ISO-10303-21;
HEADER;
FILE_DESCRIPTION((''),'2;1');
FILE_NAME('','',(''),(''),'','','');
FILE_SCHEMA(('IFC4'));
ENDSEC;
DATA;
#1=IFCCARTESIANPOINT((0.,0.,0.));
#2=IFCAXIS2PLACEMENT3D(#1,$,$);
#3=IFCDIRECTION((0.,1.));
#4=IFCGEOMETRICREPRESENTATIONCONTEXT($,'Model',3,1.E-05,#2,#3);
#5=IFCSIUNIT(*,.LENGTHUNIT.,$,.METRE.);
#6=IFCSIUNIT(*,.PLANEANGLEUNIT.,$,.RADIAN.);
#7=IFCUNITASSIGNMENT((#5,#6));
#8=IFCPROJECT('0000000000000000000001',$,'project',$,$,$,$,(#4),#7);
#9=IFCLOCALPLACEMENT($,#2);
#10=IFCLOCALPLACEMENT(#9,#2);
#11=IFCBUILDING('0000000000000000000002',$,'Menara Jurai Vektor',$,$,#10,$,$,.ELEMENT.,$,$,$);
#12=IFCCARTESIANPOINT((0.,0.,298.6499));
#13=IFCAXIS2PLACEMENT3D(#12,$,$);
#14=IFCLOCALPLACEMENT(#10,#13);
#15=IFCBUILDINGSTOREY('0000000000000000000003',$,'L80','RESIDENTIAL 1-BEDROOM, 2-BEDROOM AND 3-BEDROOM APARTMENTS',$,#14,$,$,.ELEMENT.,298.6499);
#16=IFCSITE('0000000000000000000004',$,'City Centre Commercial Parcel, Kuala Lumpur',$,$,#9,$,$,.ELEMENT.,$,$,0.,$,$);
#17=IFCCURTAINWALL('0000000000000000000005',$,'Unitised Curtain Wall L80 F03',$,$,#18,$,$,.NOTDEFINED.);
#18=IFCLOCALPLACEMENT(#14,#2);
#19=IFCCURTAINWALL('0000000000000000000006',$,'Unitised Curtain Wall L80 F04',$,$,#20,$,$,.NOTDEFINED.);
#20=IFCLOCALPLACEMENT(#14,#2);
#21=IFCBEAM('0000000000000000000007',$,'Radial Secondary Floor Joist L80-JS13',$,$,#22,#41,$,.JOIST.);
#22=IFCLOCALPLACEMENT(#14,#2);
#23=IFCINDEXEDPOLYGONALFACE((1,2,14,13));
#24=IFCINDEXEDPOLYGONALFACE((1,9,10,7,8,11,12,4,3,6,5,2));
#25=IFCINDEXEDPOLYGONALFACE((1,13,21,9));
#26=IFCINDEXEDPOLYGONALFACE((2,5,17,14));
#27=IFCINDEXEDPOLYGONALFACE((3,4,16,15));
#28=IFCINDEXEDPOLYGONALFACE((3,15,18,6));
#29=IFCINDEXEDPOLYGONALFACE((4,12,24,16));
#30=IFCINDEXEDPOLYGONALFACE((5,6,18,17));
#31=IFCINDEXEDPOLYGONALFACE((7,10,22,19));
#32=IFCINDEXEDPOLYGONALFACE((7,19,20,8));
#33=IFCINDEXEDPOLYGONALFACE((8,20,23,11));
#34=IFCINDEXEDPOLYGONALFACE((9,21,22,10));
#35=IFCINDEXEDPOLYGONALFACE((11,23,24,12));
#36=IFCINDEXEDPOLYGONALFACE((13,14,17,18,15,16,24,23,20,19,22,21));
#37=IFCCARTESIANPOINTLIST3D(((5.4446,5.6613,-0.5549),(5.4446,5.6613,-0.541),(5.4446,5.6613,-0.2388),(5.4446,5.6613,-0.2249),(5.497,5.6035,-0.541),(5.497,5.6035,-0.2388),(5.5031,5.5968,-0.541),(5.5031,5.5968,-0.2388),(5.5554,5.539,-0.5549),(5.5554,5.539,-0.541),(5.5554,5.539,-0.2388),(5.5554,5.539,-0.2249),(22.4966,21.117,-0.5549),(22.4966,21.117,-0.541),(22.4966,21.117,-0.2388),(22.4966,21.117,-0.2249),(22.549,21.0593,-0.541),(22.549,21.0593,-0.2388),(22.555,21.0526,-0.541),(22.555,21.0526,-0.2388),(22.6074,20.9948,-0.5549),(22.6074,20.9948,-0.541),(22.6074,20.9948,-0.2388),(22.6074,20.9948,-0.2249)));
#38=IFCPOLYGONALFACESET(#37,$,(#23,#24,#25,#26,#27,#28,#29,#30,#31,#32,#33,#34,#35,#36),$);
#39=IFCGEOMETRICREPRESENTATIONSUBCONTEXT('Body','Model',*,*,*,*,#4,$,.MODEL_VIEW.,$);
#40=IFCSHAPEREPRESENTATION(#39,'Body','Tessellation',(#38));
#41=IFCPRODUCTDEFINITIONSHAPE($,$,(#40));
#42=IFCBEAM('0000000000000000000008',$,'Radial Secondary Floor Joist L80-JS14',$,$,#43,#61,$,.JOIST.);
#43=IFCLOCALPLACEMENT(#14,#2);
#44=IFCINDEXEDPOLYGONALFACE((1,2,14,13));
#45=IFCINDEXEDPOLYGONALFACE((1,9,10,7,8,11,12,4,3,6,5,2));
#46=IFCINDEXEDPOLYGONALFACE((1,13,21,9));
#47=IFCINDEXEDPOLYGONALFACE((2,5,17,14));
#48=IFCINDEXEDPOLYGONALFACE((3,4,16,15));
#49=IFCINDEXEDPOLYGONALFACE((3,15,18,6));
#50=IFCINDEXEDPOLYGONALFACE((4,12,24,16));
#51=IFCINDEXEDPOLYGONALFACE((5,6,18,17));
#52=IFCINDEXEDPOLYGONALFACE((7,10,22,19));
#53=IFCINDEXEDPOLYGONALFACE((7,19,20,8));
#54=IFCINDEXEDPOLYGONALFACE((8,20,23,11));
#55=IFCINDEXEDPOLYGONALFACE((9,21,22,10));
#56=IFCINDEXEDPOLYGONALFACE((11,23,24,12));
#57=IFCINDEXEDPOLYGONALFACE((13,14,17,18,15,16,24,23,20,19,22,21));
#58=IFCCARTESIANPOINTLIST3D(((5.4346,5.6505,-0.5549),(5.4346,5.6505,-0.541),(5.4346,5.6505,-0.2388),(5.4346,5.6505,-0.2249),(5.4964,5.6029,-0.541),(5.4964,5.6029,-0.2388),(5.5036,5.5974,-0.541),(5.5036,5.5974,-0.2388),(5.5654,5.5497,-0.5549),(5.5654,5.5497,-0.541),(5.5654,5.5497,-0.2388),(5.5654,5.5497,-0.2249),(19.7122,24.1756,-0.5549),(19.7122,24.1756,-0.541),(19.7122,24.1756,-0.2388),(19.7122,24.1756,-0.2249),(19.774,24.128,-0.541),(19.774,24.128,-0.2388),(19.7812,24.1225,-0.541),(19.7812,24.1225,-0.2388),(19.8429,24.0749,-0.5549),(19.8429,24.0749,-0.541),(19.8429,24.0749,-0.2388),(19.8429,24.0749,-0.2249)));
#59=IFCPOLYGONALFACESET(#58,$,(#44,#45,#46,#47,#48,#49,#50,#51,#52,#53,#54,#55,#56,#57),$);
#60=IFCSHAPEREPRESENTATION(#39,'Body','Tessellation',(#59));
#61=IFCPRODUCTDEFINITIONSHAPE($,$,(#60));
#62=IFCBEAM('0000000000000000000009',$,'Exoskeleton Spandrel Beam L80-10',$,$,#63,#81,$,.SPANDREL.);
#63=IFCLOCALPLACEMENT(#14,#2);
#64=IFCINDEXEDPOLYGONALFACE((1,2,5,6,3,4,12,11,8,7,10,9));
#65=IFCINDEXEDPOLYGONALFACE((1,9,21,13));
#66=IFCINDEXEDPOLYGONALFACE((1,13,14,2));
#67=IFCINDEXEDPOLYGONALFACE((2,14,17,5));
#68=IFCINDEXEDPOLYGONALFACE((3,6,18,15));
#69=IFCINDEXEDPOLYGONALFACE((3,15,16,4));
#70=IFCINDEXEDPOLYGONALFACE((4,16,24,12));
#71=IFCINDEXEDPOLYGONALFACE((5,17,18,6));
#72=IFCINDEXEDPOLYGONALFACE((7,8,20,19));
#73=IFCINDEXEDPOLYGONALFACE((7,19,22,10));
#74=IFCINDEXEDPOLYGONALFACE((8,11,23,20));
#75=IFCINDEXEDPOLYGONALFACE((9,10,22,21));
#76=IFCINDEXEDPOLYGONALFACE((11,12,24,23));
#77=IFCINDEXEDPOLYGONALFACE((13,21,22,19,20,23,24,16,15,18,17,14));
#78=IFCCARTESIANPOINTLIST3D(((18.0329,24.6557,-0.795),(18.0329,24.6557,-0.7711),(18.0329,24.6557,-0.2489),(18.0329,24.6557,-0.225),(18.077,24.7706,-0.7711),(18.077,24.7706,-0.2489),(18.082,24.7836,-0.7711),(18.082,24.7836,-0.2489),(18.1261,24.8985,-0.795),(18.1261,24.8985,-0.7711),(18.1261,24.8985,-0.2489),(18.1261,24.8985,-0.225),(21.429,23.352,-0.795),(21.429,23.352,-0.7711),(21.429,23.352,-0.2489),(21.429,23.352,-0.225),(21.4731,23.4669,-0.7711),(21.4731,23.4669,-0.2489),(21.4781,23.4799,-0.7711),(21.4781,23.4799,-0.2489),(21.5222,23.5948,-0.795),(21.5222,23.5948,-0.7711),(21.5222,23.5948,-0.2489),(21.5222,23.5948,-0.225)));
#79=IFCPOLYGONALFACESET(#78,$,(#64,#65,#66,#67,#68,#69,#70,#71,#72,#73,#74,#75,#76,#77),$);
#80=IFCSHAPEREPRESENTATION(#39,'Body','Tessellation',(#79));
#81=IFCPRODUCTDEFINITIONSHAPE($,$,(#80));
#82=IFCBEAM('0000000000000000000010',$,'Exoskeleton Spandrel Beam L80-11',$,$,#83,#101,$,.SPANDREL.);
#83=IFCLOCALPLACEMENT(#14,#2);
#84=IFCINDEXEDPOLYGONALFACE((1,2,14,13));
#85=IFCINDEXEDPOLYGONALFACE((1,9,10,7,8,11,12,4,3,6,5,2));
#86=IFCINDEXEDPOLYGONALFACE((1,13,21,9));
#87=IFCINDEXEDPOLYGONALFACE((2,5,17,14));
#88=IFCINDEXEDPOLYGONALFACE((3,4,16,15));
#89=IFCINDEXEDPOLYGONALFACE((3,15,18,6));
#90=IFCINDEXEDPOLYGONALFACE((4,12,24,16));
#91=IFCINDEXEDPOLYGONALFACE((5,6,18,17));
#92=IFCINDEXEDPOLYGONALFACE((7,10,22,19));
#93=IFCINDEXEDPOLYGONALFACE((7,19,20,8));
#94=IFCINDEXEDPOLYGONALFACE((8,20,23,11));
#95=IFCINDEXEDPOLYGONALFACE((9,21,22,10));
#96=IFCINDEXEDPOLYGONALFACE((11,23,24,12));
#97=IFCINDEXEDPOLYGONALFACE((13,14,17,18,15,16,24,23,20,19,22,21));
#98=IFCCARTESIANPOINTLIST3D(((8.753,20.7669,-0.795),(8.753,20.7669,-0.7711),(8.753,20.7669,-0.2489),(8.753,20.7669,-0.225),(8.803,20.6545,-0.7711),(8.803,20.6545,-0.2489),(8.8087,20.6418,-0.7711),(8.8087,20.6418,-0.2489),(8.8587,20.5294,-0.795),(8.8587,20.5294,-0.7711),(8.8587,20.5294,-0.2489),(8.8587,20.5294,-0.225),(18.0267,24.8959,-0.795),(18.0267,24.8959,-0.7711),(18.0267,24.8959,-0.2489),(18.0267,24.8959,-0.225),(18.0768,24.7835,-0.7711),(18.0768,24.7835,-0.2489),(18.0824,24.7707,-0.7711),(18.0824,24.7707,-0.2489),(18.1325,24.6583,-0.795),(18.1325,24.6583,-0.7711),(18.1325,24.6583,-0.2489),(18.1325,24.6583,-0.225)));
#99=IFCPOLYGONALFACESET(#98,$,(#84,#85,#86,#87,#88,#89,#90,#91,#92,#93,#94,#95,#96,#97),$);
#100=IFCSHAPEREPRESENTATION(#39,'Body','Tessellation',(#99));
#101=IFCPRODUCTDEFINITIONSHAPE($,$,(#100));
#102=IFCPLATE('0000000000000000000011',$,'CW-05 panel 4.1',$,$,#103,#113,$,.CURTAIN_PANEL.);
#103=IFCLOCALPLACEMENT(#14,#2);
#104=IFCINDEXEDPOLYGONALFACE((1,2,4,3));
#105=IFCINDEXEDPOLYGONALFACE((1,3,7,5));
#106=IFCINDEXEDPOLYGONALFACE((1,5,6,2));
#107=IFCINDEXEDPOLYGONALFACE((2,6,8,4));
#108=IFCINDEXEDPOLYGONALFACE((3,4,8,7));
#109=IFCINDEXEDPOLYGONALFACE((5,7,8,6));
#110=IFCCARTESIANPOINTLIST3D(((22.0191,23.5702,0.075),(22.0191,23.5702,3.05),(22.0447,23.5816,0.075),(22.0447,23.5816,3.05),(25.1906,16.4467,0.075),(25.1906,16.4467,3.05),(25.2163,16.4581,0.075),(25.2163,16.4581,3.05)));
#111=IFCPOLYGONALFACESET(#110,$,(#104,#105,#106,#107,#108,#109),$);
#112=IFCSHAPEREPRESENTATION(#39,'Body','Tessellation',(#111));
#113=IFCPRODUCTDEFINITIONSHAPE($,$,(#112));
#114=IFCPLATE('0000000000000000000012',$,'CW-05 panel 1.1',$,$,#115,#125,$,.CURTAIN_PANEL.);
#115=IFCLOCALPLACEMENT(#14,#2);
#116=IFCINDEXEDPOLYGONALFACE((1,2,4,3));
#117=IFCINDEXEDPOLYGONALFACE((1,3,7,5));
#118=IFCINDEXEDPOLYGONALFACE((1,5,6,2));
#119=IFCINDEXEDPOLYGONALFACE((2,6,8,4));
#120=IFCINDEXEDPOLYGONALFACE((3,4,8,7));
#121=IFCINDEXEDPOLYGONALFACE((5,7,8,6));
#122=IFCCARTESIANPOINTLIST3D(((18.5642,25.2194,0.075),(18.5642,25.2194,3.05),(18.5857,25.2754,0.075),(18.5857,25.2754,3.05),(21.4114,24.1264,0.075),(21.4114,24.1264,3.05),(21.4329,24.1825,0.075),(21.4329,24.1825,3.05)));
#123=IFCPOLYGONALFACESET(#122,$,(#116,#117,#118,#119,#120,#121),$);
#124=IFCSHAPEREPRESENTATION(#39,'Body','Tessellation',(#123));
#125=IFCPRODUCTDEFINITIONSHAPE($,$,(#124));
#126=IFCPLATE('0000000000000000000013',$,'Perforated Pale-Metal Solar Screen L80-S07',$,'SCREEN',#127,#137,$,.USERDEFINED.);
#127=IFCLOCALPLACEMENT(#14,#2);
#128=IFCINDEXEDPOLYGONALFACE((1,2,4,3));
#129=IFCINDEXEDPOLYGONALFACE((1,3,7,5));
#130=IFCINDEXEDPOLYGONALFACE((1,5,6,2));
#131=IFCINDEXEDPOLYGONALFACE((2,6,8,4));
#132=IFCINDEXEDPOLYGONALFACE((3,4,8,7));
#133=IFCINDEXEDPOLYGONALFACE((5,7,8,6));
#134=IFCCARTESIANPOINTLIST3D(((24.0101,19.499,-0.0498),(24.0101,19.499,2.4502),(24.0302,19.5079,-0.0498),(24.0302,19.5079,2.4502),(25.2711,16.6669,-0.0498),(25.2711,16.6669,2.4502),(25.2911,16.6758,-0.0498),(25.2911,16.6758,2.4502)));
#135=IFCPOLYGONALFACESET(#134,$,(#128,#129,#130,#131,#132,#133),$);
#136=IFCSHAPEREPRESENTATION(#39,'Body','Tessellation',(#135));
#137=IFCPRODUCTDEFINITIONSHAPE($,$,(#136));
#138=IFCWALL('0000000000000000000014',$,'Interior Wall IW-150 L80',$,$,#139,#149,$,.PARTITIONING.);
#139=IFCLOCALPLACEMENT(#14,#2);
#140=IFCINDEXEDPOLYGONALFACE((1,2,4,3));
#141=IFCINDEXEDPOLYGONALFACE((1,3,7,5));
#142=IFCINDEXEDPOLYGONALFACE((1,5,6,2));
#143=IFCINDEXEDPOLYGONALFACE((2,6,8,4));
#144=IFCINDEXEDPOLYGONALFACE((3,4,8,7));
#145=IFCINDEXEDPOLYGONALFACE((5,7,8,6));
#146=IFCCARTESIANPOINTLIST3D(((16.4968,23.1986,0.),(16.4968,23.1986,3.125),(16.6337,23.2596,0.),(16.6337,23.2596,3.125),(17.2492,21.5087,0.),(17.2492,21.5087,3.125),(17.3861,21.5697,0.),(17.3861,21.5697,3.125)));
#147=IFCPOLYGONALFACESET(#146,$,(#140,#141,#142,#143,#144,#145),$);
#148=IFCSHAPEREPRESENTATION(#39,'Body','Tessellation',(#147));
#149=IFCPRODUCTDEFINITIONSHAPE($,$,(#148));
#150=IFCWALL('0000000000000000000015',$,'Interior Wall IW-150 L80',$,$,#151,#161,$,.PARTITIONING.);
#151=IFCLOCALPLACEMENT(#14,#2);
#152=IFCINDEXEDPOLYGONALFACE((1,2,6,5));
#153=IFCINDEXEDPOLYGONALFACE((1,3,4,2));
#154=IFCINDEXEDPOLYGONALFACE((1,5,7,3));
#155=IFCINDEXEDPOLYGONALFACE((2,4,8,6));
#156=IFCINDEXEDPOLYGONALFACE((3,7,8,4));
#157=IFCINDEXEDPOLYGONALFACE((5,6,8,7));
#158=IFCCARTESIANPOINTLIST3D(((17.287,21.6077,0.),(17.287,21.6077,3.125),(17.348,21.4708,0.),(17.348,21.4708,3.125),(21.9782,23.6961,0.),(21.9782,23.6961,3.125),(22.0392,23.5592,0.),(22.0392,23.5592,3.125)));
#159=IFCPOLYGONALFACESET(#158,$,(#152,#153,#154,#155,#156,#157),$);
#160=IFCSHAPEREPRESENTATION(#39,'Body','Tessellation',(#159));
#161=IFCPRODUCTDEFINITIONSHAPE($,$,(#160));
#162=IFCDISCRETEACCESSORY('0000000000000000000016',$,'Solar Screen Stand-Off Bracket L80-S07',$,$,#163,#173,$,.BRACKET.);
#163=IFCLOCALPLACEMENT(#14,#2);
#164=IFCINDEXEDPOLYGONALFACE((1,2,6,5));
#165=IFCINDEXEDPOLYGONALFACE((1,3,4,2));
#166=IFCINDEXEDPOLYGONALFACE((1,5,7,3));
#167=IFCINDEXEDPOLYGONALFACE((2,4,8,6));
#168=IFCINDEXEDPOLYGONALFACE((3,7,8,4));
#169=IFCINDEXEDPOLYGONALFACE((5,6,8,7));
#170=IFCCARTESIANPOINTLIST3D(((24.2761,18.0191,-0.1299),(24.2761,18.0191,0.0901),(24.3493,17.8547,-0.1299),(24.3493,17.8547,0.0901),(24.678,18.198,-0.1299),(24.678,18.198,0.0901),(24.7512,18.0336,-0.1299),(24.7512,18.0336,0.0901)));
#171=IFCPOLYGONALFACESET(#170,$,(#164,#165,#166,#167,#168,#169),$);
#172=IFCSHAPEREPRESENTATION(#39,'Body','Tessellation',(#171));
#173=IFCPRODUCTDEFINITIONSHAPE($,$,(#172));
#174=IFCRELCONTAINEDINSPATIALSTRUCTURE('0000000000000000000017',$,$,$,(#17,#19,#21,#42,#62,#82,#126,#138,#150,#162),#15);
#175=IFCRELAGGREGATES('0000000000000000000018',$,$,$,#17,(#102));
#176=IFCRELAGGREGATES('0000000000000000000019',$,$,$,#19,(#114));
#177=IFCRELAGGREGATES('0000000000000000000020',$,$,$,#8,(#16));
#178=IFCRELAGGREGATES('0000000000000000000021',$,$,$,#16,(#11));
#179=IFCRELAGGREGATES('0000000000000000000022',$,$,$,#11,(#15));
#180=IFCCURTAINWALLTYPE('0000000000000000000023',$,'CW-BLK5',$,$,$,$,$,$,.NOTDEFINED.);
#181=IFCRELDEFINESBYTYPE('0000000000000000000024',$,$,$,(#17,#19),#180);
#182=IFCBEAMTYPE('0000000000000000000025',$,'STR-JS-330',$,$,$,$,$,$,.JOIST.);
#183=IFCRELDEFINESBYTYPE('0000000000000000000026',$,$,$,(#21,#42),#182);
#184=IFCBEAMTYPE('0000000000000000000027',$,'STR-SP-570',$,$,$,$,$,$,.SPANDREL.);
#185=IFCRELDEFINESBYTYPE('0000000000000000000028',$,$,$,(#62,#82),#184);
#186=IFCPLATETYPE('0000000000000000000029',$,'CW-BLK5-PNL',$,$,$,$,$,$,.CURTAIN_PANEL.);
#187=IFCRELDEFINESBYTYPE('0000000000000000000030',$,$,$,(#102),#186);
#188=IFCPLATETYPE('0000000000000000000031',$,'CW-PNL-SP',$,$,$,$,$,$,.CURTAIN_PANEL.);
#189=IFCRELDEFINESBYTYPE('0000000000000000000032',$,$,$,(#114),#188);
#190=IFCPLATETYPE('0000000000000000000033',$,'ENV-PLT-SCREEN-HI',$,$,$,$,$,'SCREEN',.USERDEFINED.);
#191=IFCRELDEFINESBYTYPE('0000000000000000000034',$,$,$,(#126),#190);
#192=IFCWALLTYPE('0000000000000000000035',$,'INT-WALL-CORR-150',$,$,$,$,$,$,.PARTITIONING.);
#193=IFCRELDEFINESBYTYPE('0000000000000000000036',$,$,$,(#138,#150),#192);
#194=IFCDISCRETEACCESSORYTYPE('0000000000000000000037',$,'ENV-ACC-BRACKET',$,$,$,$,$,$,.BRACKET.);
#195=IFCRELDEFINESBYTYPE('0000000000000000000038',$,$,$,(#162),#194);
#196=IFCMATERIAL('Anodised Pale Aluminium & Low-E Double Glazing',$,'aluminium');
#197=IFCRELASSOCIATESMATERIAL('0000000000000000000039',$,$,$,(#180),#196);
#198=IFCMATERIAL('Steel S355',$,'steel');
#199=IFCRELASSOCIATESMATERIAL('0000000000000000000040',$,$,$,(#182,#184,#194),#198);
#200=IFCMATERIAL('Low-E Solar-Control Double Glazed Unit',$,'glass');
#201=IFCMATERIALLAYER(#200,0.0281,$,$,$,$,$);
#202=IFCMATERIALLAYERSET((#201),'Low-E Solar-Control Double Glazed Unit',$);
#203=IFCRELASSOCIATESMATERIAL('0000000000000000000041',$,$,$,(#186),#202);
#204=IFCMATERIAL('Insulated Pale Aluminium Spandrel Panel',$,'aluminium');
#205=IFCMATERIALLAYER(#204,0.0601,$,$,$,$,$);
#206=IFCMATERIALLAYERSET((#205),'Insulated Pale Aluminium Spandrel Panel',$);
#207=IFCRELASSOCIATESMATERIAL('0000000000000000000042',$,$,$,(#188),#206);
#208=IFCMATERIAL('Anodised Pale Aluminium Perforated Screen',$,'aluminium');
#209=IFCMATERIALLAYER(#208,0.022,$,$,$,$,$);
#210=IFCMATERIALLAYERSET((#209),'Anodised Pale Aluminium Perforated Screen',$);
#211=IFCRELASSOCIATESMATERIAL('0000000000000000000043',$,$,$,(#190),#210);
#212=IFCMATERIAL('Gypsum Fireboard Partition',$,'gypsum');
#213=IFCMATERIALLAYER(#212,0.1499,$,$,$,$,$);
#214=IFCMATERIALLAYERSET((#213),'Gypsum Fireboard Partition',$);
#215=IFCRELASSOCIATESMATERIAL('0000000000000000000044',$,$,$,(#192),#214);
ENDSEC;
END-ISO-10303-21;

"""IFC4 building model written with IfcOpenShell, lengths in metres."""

from ifc_helpers import new_model, si_unit, direction, frame, frame_2d, origin, origin_2d, place, context, subcontext, project, spatial, rectangle, i_section, extrude, material, layer, layer_set, material_profile, profile_set, type_object, element, aggregate, save


model = new_model("IFC4")

# Units and contexts
model_context = context("Model", 3, precision=1e-05, world=origin(), true_north=direction((0.0, 1.0)))
body_context = subcontext(model_context, "Body", "Model", "MODEL_VIEW")
ifc_project = project(units=[si_unit("LENGTHUNIT", "METRE"), si_unit("PLANEANGLEUNIT", "RADIAN")], contexts=[model_context])

# Site, building, storey
site_placement = place(None, origin())
site = spatial("IfcSite", under=ifc_project, at=site_placement, Name="City Centre Commercial Parcel, Kuala Lumpur", CompositionType="ELEMENT", RefElevation=0.0)
building_placement = place(site_placement, origin())
building = spatial("IfcBuilding", under=site, at=building_placement, Name="Menara Jurai Vektor", CompositionType="ELEMENT")
storey_placement = place(building_placement, frame((0.0, 0.0, 298.6499)))
storey = spatial("IfcBuildingStorey", under=building, at=storey_placement, Name="L80", Description="RESIDENTIAL 1-BEDROOM, 2-BEDROOM AND 3-BEDROOM APARTMENTS", CompositionType="ELEMENT", Elevation=298.6499)

# Curtain walls
ifc_material_1 = material(Name="Anodised Pale Aluminium & Low-E Double Glazing", Category="aluminium")
curtain_wall_type = type_object("IfcCurtainWallType", Name="CW-BLK5", PredefinedType="NOTDEFINED", material=ifc_material_1)
curtain_wall_1_placement = place(storey_placement, origin())
curtain_wall_1 = element("IfcCurtainWall", 1, at=curtain_wall_1_placement, inside=storey, type_object=curtain_wall_type, Name="Unitised Curtain Wall L80 F03", PredefinedType="NOTDEFINED")
curtain_wall_2_placement = place(storey_placement, origin())
curtain_wall_2 = element("IfcCurtainWall", 2, at=curtain_wall_2_placement, inside=storey, type_object=curtain_wall_type, Name="Unitised Curtain Wall L80 F04", PredefinedType="NOTDEFINED")

# Shared definitions
ifc_material_2 = material(Name="Steel S355", Category="steel")

# Beams
ifc_material_profile_1 = material_profile(ifc_material_2, i_section(OverallWidth=0.165, OverallDepth=0.3301, WebThickness=0.009, FlangeThickness=0.0139, at=origin_2d()), Name="PG 330x165x46")
ifc_profile_set_1 = profile_set([ifc_material_profile_1], Name="Steel S355")
beam_type_1 = type_object("IfcBeamType", Name="STR-JS-330", PredefinedType="JOIST", material=ifc_profile_set_1)
beam_1_placement = place(storey_placement, frame((22.552, 21.0559, -0.3899), z_axis=(-0.740934, -0.671577, 0.0), x_axis=(0.671577, -0.740934, 0.0)))
element("IfcBeam", 3, at=beam_1_placement, inside=storey, type_object=beam_type_1, Name="Radial Secondary Floor Joist L80-JS13", PredefinedType="JOIST", context=body_context, shape_type="SweptSolid", body=[
    extrude(i_section(OverallWidth=0.165, OverallDepth=0.3301, WebThickness=0.009, FlangeThickness=0.0139, at=origin_2d()), origin(), (0.0, 0.0, 1.0), 23.0142),
])
beam_2_placement = place(storey_placement, frame((19.7776, 24.1252, -0.3899), z_axis=(-0.610449, -0.792056, 0.0), x_axis=(0.792056, -0.610449, 0.0)))
element("IfcBeam", 4, at=beam_2_placement, inside=storey, type_object=beam_type_1, Name="Radial Secondary Floor Joist L80-JS14", PredefinedType="JOIST", context=body_context, shape_type="SweptSolid", body=[
    extrude(i_section(OverallWidth=0.165, OverallDepth=0.3301, WebThickness=0.009, FlangeThickness=0.0139, at=origin_2d()), origin(), (0.0, 0.0, 1.0), 23.3887),
])
ifc_material_profile_2 = material_profile(ifc_material_2, i_section(OverallWidth=0.26, OverallDepth=0.5701, WebThickness=0.0139, FlangeThickness=0.0239, at=origin_2d()), Name="PG 570x260x145")
ifc_profile_set_2 = profile_set([ifc_material_profile_2], Name="Steel S355")
beam_type_2 = type_object("IfcBeamType", Name="STR-SP-570", PredefinedType="SPANDREL", material=ifc_profile_set_2)
beam_3_placement = place(storey_placement, frame((21.4756, 23.4734, -0.51), z_axis=(-0.93357, 0.358394, 0.0), x_axis=(-0.358394, -0.93357, 0.0)))
element("IfcBeam", 5, at=beam_3_placement, inside=storey, type_object=beam_type_2, Name="Exoskeleton Spandrel Beam L80-10", PredefinedType="SPANDREL", context=body_context, shape_type="SweptSolid", body=[
    extrude(i_section(OverallWidth=0.26, OverallDepth=0.5701, WebThickness=0.0139, FlangeThickness=0.0239, at=origin_2d()), origin(), (0.0, 0.0, 1.0), 3.6377),
])
beam_4_placement = place(storey_placement, frame((18.0796, 24.7771, -0.51), z_axis=(-0.913546, -0.406736, 0.0), x_axis=(0.406736, -0.913546, 0.0)))
element("IfcBeam", 6, at=beam_4_placement, inside=storey, type_object=beam_type_2, Name="Exoskeleton Spandrel Beam L80-11", PredefinedType="SPANDREL", context=body_context, shape_type="SweptSolid", body=[
    extrude(i_section(OverallWidth=0.26, OverallDepth=0.5701, WebThickness=0.0139, FlangeThickness=0.0239, at=origin_2d()), origin(), (0.0, 0.0, 1.0), 10.1514),
])

# Plates
ifc_material_3 = material(Name="Low-E Solar-Control Double Glazed Unit", Category="glass")
ifc_layer_1 = layer(ifc_material_3, 0.0281)
ifc_layer_set_1 = layer_set([ifc_layer_1], Name="Low-E Solar-Control Double Glazed Unit")
plate_type_1 = type_object("IfcPlateType", Name="CW-BLK5-PNL", PredefinedType="CURTAIN_PANEL", material=ifc_layer_set_1)
plate_1_placement = place(storey_placement, frame((23.6177, 20.0142, 0.075), z_axis=(0.0, 0.0, 1.0), x_axis=(-0.406735, 0.913546, 0.0)))
plate_1 = element("IfcPlate", 7, at=plate_1_placement, type_object=plate_type_1, Name="CW-05 panel 4.1", PredefinedType="CURTAIN_PANEL", context=body_context, shape_type="SweptSolid", body=[
    extrude(rectangle(XDim=7.7976, YDim=0.0281, at=origin_2d()), origin(), (0.0, 0.0, 1.0), 2.9751),
])
aggregate(curtain_wall_1, [plate_1])
ifc_material_4 = material(Name="Insulated Pale Aluminium Spandrel Panel", Category="aluminium")
ifc_layer_2 = layer(ifc_material_4, 0.0601)
ifc_layer_set_2 = layer_set([ifc_layer_2], Name="Insulated Pale Aluminium Spandrel Panel")
plate_type_2 = type_object("IfcPlateType", Name="CW-PNL-SP", PredefinedType="CURTAIN_PANEL", material=ifc_layer_set_2)
plate_2_placement = place(storey_placement, frame((19.9985, 24.7009, 0.075), z_axis=(0.0, 0.0, 1.0), x_axis=(-0.933578, 0.358374, 0.0)))
plate_2 = element("IfcPlate", 8, at=plate_2_placement, type_object=plate_type_2, Name="CW-05 panel 1.1", PredefinedType="CURTAIN_PANEL", context=body_context, shape_type="SweptSolid", body=[
    extrude(rectangle(XDim=3.0498, YDim=0.0601, at=origin_2d()), origin(), (0.0, 0.0, 1.0), 2.9751),
])
aggregate(curtain_wall_2, [plate_2])
ifc_material_5 = material(Name="Anodised Pale Aluminium Perforated Screen", Category="aluminium")
ifc_layer_3 = layer(ifc_material_5, 0.022)
ifc_layer_set_3 = layer_set([ifc_layer_3], Name="Anodised Pale Aluminium Perforated Screen")
plate_type_3 = type_object("IfcPlateType", Name="ENV-PLT-SCREEN-HI", ElementType="SCREEN", PredefinedType="USERDEFINED", material=ifc_layer_set_3)
plate_3_placement = place(storey_placement, frame((24.6506, 18.0874, -0.0498), z_axis=(0.0, 0.0, 1.0), x_axis=(-0.406737, 0.913545, 0.0)))
element("IfcPlate", 9, at=plate_3_placement, inside=storey, type_object=plate_type_3, Name="Perforated Pale-Metal Solar Screen L80-S07", ObjectType="SCREEN", PredefinedType="USERDEFINED", context=body_context, shape_type="SweptSolid", body=[
    extrude(rectangle(XDim=3.1001, YDim=0.022, at=origin_2d()), origin(), (0.0, 0.0, 1.0), 2.5),
])

# Walls
ifc_material_6 = material(Name="Gypsum Fireboard Partition", Category="gypsum")
ifc_layer_4 = layer(ifc_material_6, 0.1499)
ifc_layer_set_4 = layer_set([ifc_layer_4], Name="Gypsum Fireboard Partition")
wall_type = type_object("IfcWallType", Name="INT-WALL-CORR-150", PredefinedType="PARTITIONING", material=ifc_layer_set_4)
wall_1_placement = place(storey_placement, frame((17.3176, 21.5393, 0.0), z_axis=(0.0, 0.0, 1.0), x_axis=(-0.406751, 0.913539, 0.0)))
element("IfcWall", 10, at=wall_1_placement, inside=storey, type_object=wall_type, Name="Interior Wall IW-150 L80", PredefinedType="PARTITIONING", context=body_context, shape_type="SweptSolid", body=[
    extrude(rectangle(XDim=1.8499, YDim=0.1499, at=frame_2d((0.9248, 0.0))), origin(), (0.0, 0.0, 1.0), 3.125),
])
wall_2_placement = place(storey_placement, frame((17.3176, 21.5393, 0.0), z_axis=(0.0, 0.0, 1.0), x_axis=(0.913564, 0.406694, 0.0)))
element("IfcWall", 11, at=wall_2_placement, inside=storey, type_object=wall_type, Name="Interior Wall IW-150 L80", PredefinedType="PARTITIONING", context=body_context, shape_type="SweptSolid", body=[
    extrude(rectangle(XDim=5.135, YDim=0.1499, at=frame_2d((2.5674, 0.0))), origin(), (0.0, 0.0, 1.0), 3.125),
])

# Discrete accessory
discrete_accessory_type = type_object("IfcDiscreteAccessoryType", Name="ENV-ACC-BRACKET", PredefinedType="BRACKET", material=ifc_material_2)
discrete_accessory_placement = place(storey_placement, frame((24.5137, 18.0264, -0.1299), z_axis=(0.0, 0.0, 1.0), x_axis=(-0.406737, 0.913545, 0.0)))
element("IfcDiscreteAccessory", 12, at=discrete_accessory_placement, inside=storey, type_object=discrete_accessory_type, Name="Solar Screen Stand-Off Bracket L80-S07", PredefinedType="BRACKET", context=body_context, shape_type="SweptSolid", body=[
    extrude(rectangle(XDim=0.1799, YDim=0.4399, at=origin_2d()), origin(), (0.0, 0.0, 1.0), 0.22),
])

save(model, "model.ifc")
